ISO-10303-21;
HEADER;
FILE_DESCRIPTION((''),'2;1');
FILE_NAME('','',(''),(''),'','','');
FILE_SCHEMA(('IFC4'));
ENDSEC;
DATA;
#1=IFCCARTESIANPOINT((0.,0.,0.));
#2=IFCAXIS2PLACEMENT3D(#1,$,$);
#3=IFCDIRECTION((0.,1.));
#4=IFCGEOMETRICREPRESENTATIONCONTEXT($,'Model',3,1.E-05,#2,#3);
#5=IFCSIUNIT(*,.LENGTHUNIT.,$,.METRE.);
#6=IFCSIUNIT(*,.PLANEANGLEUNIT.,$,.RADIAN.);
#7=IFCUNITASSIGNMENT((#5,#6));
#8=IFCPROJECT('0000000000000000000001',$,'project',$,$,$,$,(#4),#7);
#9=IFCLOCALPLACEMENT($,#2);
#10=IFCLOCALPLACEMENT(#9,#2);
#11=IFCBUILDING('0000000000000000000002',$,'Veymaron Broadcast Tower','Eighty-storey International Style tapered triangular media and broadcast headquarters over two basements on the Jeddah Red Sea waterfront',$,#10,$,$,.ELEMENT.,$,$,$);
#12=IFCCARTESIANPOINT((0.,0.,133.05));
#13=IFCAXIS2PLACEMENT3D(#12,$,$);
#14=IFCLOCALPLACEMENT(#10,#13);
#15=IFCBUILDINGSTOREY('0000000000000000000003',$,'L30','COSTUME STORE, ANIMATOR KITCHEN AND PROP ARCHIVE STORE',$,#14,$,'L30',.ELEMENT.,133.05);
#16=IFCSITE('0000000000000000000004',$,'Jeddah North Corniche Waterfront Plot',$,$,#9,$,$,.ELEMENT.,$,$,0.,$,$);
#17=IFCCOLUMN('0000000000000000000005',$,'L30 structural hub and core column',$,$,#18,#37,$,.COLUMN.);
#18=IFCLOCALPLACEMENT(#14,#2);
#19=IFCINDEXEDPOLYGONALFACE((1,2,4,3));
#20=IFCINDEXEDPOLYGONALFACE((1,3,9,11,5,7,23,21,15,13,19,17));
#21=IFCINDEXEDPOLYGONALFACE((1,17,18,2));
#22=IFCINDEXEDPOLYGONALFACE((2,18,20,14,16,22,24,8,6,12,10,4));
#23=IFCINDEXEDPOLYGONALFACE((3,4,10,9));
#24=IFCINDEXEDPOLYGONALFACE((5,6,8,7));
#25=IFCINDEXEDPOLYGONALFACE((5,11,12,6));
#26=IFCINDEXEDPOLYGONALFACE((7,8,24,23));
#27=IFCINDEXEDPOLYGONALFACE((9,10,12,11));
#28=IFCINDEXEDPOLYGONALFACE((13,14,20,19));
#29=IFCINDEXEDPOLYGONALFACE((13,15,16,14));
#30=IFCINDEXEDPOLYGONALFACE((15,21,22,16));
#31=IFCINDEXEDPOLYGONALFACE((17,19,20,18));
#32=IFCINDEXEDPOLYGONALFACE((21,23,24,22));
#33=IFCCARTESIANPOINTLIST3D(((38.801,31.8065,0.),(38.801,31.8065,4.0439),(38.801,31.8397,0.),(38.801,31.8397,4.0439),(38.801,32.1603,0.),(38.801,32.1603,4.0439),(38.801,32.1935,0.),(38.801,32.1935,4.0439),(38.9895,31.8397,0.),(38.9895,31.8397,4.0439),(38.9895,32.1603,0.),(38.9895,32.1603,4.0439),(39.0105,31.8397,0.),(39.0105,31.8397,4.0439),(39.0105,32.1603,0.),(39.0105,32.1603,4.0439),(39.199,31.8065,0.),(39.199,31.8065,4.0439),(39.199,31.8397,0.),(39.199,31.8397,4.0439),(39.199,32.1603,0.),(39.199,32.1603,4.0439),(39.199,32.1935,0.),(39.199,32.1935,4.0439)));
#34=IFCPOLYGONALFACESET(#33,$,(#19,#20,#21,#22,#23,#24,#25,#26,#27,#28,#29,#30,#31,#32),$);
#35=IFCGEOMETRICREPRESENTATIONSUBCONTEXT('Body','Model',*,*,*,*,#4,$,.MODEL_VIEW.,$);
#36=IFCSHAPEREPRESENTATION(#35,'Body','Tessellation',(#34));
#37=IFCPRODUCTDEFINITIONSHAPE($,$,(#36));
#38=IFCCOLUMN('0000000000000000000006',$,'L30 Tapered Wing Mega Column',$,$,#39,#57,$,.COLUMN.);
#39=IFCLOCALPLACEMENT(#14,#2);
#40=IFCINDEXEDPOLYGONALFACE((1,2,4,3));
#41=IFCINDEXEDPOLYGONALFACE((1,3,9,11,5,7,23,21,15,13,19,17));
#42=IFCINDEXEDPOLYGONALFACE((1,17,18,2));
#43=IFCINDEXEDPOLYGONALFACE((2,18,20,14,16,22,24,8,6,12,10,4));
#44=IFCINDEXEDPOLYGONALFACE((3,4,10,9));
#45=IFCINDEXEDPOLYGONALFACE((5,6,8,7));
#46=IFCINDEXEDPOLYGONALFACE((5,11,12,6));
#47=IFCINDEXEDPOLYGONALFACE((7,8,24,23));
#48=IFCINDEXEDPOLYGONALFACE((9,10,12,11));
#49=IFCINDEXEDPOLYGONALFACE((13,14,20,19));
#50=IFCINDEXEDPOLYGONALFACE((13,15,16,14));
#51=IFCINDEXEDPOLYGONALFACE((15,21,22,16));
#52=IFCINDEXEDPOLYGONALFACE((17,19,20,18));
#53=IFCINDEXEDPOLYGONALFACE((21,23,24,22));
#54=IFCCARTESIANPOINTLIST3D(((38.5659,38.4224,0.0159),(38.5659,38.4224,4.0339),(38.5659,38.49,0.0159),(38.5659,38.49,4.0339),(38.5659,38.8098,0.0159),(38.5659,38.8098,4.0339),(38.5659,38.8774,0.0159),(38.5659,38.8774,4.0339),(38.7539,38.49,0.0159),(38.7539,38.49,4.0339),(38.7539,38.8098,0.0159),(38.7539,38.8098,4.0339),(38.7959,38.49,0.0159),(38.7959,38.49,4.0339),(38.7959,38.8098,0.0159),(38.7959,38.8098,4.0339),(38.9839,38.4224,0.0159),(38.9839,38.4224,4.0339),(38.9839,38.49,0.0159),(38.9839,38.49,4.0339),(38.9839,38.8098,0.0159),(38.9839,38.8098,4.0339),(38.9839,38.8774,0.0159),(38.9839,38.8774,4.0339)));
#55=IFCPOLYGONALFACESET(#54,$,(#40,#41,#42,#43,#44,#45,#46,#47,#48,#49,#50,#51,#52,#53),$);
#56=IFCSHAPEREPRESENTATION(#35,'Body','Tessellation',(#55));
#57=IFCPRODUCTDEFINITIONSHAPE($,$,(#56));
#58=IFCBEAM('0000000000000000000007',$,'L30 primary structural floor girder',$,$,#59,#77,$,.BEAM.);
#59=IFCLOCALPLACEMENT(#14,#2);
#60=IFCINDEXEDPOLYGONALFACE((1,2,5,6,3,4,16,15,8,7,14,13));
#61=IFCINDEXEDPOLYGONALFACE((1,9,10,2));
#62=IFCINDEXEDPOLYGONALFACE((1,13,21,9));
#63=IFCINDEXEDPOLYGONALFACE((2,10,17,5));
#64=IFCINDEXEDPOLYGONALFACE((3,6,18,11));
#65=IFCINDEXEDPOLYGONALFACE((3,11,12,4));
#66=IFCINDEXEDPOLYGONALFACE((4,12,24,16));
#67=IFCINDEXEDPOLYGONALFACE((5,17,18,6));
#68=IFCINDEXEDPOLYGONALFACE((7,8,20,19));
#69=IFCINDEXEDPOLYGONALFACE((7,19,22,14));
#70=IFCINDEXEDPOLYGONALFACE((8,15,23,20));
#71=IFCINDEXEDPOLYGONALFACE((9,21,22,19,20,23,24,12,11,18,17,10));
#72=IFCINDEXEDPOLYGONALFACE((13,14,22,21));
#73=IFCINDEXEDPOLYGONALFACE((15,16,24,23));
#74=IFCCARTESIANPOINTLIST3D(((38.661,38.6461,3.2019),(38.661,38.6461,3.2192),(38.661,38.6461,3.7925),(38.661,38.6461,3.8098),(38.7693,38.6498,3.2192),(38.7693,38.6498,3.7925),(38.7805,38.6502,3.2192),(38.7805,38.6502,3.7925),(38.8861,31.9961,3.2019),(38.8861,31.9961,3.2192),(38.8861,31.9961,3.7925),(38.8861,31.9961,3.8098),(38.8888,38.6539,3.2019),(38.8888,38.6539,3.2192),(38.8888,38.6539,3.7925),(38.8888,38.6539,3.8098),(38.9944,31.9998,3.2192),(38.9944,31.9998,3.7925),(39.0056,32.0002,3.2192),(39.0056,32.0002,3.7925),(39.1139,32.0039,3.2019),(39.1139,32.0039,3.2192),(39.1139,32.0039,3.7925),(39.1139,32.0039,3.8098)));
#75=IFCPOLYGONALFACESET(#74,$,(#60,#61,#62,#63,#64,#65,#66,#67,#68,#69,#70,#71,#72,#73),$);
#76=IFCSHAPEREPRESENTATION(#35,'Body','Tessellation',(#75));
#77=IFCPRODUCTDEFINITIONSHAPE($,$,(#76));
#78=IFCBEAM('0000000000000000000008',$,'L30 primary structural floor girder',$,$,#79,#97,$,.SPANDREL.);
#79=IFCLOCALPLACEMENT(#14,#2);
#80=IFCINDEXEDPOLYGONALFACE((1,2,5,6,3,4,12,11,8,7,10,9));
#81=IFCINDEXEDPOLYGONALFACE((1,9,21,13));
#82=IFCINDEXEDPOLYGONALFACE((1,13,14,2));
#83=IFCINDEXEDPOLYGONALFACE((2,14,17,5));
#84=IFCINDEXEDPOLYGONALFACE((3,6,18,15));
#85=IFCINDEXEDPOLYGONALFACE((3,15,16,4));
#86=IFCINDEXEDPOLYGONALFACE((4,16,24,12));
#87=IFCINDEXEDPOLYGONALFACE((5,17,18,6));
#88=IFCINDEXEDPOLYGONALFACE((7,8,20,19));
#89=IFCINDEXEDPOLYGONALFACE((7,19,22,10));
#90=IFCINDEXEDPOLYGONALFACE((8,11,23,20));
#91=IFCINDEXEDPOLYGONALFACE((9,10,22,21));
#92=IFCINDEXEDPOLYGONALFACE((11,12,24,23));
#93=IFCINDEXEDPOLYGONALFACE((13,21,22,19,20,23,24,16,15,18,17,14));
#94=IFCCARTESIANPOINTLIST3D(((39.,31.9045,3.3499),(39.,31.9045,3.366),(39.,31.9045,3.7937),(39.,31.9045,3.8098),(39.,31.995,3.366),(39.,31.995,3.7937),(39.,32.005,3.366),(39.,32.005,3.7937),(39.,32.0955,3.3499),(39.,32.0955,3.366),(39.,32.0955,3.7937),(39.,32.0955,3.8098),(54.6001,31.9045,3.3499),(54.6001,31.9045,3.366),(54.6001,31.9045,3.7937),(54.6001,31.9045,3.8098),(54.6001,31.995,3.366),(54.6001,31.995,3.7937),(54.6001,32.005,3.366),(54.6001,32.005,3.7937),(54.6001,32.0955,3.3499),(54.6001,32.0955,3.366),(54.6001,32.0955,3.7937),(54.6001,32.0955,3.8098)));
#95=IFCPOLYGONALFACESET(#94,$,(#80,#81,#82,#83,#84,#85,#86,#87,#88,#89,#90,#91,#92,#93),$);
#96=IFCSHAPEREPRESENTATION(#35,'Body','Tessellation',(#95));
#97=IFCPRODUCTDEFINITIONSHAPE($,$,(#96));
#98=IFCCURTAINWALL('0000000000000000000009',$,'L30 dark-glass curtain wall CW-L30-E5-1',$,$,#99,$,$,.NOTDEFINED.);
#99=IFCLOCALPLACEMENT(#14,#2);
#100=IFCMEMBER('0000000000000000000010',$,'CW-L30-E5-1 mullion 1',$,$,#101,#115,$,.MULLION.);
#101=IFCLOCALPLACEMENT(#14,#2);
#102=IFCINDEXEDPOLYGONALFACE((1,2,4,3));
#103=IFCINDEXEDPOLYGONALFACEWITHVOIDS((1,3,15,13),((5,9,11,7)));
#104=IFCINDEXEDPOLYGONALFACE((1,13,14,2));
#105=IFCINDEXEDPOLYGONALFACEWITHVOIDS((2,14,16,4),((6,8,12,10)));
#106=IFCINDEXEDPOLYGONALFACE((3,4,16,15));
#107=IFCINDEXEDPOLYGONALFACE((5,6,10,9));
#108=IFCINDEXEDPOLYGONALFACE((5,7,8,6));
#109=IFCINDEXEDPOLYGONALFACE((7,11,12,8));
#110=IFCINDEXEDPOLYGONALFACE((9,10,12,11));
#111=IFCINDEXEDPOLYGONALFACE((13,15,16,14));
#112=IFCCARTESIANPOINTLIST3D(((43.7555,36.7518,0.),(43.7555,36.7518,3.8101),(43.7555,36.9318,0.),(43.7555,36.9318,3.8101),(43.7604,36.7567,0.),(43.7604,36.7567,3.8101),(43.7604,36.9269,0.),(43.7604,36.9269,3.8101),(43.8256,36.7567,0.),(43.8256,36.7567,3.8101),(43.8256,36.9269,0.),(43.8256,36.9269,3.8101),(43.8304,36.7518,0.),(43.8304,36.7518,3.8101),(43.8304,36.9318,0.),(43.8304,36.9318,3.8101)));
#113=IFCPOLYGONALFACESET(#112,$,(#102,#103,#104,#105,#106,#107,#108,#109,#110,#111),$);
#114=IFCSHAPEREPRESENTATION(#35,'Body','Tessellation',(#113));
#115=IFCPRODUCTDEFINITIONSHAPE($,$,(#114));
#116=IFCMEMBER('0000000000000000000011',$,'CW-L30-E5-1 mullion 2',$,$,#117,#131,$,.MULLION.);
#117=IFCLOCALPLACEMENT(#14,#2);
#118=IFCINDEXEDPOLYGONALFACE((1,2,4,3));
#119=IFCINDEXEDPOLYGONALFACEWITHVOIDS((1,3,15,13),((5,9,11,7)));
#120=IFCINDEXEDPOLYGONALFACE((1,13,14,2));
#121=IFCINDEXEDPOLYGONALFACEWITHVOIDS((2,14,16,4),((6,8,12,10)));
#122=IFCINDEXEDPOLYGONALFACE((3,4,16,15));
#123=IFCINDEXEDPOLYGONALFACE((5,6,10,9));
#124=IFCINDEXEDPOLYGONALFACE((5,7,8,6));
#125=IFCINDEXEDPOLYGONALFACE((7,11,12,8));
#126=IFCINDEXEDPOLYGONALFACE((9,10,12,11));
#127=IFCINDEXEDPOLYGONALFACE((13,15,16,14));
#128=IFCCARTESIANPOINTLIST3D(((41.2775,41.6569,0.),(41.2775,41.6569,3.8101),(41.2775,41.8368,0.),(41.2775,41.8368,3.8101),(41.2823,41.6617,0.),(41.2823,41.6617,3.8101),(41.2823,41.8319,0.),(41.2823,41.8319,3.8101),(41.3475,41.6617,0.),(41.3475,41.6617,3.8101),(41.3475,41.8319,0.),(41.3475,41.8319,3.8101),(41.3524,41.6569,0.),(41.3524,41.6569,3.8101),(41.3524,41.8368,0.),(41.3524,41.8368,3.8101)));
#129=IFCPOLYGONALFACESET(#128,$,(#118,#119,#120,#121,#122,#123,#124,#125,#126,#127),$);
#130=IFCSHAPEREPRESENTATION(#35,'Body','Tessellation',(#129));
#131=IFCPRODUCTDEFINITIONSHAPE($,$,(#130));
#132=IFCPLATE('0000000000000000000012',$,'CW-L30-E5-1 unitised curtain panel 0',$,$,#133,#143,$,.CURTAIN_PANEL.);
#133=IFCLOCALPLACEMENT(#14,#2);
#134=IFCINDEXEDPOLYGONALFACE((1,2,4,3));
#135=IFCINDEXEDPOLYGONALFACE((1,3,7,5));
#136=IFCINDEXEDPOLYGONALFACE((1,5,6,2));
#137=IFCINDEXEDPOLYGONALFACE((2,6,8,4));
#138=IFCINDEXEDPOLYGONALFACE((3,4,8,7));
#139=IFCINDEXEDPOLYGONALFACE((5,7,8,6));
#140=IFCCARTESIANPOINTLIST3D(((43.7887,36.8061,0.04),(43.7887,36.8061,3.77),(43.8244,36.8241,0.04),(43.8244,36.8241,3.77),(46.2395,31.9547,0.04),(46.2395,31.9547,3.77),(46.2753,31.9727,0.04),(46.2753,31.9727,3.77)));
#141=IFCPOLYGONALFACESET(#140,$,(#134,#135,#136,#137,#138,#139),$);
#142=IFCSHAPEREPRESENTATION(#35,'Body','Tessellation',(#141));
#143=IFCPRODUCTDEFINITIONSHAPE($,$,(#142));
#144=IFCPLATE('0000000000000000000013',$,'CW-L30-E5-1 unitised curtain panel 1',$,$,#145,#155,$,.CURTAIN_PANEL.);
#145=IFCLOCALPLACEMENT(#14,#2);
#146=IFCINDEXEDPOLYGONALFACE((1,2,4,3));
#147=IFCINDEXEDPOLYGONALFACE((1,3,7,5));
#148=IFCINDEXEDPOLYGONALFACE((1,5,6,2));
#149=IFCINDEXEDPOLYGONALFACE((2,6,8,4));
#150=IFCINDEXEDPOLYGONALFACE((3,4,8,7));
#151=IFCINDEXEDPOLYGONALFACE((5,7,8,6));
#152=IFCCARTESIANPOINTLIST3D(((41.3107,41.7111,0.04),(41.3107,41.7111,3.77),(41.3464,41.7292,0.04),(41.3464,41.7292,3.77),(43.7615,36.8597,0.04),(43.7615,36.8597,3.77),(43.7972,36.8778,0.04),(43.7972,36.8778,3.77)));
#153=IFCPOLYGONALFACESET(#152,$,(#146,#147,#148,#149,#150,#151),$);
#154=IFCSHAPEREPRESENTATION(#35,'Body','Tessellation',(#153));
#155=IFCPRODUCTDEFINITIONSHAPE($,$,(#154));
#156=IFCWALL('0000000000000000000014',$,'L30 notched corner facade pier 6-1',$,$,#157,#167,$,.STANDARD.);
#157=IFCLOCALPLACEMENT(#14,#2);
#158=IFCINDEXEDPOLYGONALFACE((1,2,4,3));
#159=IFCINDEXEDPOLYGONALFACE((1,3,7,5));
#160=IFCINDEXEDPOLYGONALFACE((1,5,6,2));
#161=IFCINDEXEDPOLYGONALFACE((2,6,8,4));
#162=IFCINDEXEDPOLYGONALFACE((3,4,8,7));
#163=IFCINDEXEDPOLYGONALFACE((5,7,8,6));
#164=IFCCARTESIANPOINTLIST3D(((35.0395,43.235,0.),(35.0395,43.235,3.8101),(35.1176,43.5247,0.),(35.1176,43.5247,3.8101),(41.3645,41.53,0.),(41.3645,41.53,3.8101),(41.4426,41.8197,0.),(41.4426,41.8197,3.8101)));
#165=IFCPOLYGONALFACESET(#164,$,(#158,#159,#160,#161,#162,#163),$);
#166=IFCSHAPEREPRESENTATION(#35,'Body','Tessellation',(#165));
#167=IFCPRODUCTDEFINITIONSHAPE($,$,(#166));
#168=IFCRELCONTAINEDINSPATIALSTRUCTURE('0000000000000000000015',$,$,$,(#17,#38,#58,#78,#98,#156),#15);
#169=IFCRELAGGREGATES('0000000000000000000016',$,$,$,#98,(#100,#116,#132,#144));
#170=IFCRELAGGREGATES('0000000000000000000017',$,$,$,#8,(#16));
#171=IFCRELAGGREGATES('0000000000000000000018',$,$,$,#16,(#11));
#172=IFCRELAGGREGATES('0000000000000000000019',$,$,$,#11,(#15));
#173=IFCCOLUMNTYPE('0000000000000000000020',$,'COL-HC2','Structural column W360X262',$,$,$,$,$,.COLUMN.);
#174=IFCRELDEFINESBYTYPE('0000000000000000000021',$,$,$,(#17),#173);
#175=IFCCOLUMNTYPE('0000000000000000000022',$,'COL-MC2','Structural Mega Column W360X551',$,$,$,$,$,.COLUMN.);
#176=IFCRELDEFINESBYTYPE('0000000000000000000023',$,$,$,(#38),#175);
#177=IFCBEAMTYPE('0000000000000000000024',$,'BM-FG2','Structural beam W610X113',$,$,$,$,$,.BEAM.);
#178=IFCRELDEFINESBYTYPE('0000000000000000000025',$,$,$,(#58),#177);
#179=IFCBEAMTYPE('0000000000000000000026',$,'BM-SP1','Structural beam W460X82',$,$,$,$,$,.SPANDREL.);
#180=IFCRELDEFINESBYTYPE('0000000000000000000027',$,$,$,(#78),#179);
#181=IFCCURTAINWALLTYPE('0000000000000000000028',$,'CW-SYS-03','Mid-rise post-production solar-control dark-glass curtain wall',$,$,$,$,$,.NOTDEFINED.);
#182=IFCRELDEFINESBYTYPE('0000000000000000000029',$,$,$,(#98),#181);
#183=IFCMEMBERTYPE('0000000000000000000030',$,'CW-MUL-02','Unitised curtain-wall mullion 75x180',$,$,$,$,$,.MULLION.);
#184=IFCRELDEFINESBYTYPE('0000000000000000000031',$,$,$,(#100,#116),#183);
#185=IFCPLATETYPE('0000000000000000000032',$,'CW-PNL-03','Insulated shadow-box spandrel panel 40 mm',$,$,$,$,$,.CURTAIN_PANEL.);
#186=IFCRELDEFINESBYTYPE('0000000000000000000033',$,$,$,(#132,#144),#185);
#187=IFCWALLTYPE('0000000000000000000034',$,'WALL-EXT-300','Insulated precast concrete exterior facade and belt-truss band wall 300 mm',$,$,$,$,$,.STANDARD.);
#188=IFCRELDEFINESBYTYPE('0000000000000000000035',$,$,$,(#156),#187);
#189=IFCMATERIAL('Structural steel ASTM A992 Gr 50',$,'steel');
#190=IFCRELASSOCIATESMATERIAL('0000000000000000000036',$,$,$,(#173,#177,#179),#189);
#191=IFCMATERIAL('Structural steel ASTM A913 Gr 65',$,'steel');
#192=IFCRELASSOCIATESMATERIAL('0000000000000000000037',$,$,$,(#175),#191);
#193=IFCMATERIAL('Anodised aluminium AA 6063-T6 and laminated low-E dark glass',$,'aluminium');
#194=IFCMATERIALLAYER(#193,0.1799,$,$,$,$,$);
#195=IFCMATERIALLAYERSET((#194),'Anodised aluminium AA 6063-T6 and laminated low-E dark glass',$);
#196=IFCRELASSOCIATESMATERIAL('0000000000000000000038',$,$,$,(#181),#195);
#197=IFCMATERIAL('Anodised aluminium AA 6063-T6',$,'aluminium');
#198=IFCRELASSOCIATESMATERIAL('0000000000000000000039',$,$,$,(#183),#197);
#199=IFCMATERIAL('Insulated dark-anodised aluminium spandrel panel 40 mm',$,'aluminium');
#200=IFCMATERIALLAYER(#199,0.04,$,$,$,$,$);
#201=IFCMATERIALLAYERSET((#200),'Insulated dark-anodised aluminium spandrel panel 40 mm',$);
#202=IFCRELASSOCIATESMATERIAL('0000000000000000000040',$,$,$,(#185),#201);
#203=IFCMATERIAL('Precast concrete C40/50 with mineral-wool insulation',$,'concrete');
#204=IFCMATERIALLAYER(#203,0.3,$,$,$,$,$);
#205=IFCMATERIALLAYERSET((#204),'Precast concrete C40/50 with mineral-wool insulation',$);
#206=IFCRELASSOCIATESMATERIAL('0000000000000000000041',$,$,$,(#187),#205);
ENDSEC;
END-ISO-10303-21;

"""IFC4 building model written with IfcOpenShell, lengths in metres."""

from ifc_helpers import new_model, si_unit, direction, frame, frame_2d, origin, origin_2d, place, context, subcontext, project, spatial, rectangle, hollow_rectangle, i_section, extrude, material, layer, layer_set, material_profile, profile_set, type_object, element, aggregate, save


model = new_model("IFC4")

# Units and contexts
model_context = context("Model", 3, precision=1e-05, world=origin(), true_north=direction((0.0, 1.0)))
body_context = subcontext(model_context, "Body", "Model", "MODEL_VIEW")
ifc_project = project(units=[si_unit("LENGTHUNIT", "METRE"), si_unit("PLANEANGLEUNIT", "RADIAN")], contexts=[model_context])

# Site, building, storey
site_placement = place(None, origin())
site = spatial("IfcSite", under=ifc_project, at=site_placement, Name="Jeddah North Corniche Waterfront Plot", CompositionType="ELEMENT", RefElevation=0.0)
building_placement = place(site_placement, origin())
building = spatial("IfcBuilding", under=site, at=building_placement, Name="Veymaron Broadcast Tower", Description="Eighty-storey International Style tapered triangular media and broadcast headquarters over two basements on the Jeddah Red Sea waterfront", CompositionType="ELEMENT")
storey_placement = place(building_placement, frame((0.0, 0.0, 133.05)))
storey = spatial("IfcBuildingStorey", under=building, at=storey_placement, Name="L30", Description="COSTUME STORE, ANIMATOR KITCHEN AND PROP ARCHIVE STORE", LongName="L30", CompositionType="ELEMENT", Elevation=133.05)

# Columns
ifc_material_1 = material(Name="Structural steel ASTM A992 Gr 50", Category="steel")
ifc_material_profile_1 = material_profile(ifc_material_1, i_section(OverallWidth=0.3979, OverallDepth=0.387, WebThickness=0.021, FlangeThickness=0.0332, at=origin_2d()), Name="W360X262")
ifc_profile_set_1 = profile_set([ifc_material_profile_1], Name="Structural steel ASTM A992 Gr 50")
column_type_1 = type_object("IfcColumnType", Name="COL-HC2", Description="Structural column W360X262", PredefinedType="COLUMN", material=ifc_profile_set_1)
column_1_placement = place(storey_placement, frame((39.0, 32.0, 0.0), z_axis=(0.0, 0.0, 1.0), x_axis=(1.0, 0.0, 0.0)))
element("IfcColumn", 1, at=column_1_placement, inside=storey, type_object=column_type_1, Name="L30 structural hub and core column", PredefinedType="COLUMN", context=body_context, shape_type="SweptSolid", body=[
    extrude(i_section(OverallWidth=0.3979, OverallDepth=0.387, WebThickness=0.021, FlangeThickness=0.0332, at=origin_2d()), origin(), (0.0, 0.0, 1.0), 4.0439),
])
ifc_material_2 = material(Name="Structural steel ASTM A913 Gr 65", Category="steel")
ifc_material_profile_2 = material_profile(ifc_material_2, i_section(OverallWidth=0.418, OverallDepth=0.4551, WebThickness=0.042, FlangeThickness=0.0676, at=origin_2d()), Name="W360X551")
ifc_profile_set_2 = profile_set([ifc_material_profile_2], Name="Structural steel ASTM A913 Gr 65")
column_type_2 = type_object("IfcColumnType", Name="COL-MC2", Description="Structural Mega Column W360X551", PredefinedType="COLUMN", material=ifc_profile_set_2)
column_2_placement = place(storey_placement, frame((38.7749, 38.6499, 0.0159), z_axis=(0.0, 0.0, 1.0), x_axis=(1.0, 0.0, 0.0)))
element("IfcColumn", 2, at=column_2_placement, inside=storey, type_object=column_type_2, Name="L30 Tapered Wing Mega Column", PredefinedType="COLUMN", context=body_context, shape_type="SweptSolid", body=[
    extrude(i_section(OverallWidth=0.418, OverallDepth=0.4551, WebThickness=0.042, FlangeThickness=0.0676, at=origin_2d()), origin(), (0.0, 0.0, 1.0), 4.0181),
])

# Beams
ifc_material_profile_3 = material_profile(ifc_material_1, i_section(OverallWidth=0.228, OverallDepth=0.6079, WebThickness=0.0112, FlangeThickness=0.0173, at=origin_2d()), Name="W610X113")
ifc_profile_set_3 = profile_set([ifc_material_profile_3], Name="Structural steel ASTM A992 Gr 50")
beam_type_1 = type_object("IfcBeamType", Name="BM-FG2", Description="Structural beam W610X113", PredefinedType="BEAM", material=ifc_profile_set_3)
beam_1_placement = place(storey_placement, frame((39.0, 32.0, 3.5059), z_axis=(-0.03383, 0.999428, 0.0), x_axis=(-0.999428, -0.03383, 0.0)))
element("IfcBeam", 3, at=beam_1_placement, inside=storey, type_object=beam_type_1, Name="L30 primary structural floor girder", PredefinedType="BEAM", context=body_context, shape_type="SweptSolid", body=[
    extrude(i_section(OverallWidth=0.228, OverallDepth=0.6079, WebThickness=0.0112, FlangeThickness=0.0173, at=origin_2d()), origin(), (0.0, 0.0, 1.0), 6.6538),
])
ifc_material_profile_4 = material_profile(ifc_material_1, i_section(OverallWidth=0.1909, OverallDepth=0.46, WebThickness=0.01, FlangeThickness=0.0161, at=origin_2d()), Name="W460X82")
ifc_profile_set_4 = profile_set([ifc_material_profile_4], Name="Structural steel ASTM A992 Gr 50")
beam_type_2 = type_object("IfcBeamType", Name="BM-SP1", Description="Structural beam W460X82", PredefinedType="SPANDREL", material=ifc_profile_set_4)
beam_2_placement = place(storey_placement, frame((39.0, 32.0, 3.5798), z_axis=(1.0, 0.0, 0.0), x_axis=(0.0, 1.0, 0.0)))
element("IfcBeam", 4, at=beam_2_placement, inside=storey, type_object=beam_type_2, Name="L30 primary structural floor girder", PredefinedType="SPANDREL", context=body_context, shape_type="SweptSolid", body=[
    extrude(i_section(OverallWidth=0.1909, OverallDepth=0.46, WebThickness=0.01, FlangeThickness=0.0161, at=origin_2d()), origin(), (0.0, 0.0, 1.0), 15.6001),
])

# Curtain wall, members, plates
ifc_material_3 = material(Name="Anodised aluminium AA 6063-T6 and laminated low-E dark glass", Category="aluminium")
ifc_layer_1 = layer(ifc_material_3, 0.1799)
ifc_layer_set_1 = layer_set([ifc_layer_1], Name="Anodised aluminium AA 6063-T6 and laminated low-E dark glass")
curtain_wall_type = type_object("IfcCurtainWallType", Name="CW-SYS-03", Description="Mid-rise post-production solar-control dark-glass curtain wall", PredefinedType="NOTDEFINED", material=ifc_layer_set_1)
curtain_wall_placement = place(storey_placement, origin())
curtain_wall = element("IfcCurtainWall", 5, at=curtain_wall_placement, inside=storey, type_object=curtain_wall_type, Name="L30 dark-glass curtain wall CW-L30-E5-1", PredefinedType="NOTDEFINED")
ifc_material_4 = material(Name="Anodised aluminium AA 6063-T6", Category="aluminium")
ifc_material_profile_5 = material_profile(ifc_material_4, hollow_rectangle(XDim=0.075, YDim=0.1799, WallThickness=0.0049, at=origin_2d()), Name="AL180X75X5")
ifc_profile_set_5 = profile_set([ifc_material_profile_5], Name="Anodised aluminium AA 6063-T6")
member_type = type_object("IfcMemberType", Name="CW-MUL-02", Description="Unitised curtain-wall mullion 75x180", PredefinedType="MULLION", material=ifc_profile_set_5)
member_1_placement = place(storey_placement, frame((43.793, 36.8418, 0.0), z_axis=(0.0, 0.0, 1.0), x_axis=(1.0, 0.0, 0.0)))
member_1 = element("IfcMember", 6, at=member_1_placement, type_object=member_type, Name="CW-L30-E5-1 mullion 1", PredefinedType="MULLION", context=body_context, shape_type="SweptSolid", body=[
    extrude(hollow_rectangle(XDim=0.075, YDim=0.1799, WallThickness=0.0049, at=origin_2d()), origin(), (0.0, 0.0, 1.0), 3.8101),
])
member_2_placement = place(storey_placement, frame((41.3149, 41.7468, 0.0), z_axis=(0.0, 0.0, 1.0), x_axis=(1.0, 0.0, 0.0)))
member_2 = element("IfcMember", 7, at=member_2_placement, type_object=member_type, Name="CW-L30-E5-1 mullion 2", PredefinedType="MULLION", context=body_context, shape_type="SweptSolid", body=[
    extrude(hollow_rectangle(XDim=0.075, YDim=0.1799, WallThickness=0.0049, at=origin_2d()), origin(), (0.0, 0.0, 1.0), 3.8101),
])
ifc_material_5 = material(Name="Insulated dark-anodised aluminium spandrel panel 40 mm", Category="aluminium")
ifc_layer_2 = layer(ifc_material_5, 0.04)
ifc_layer_set_2 = layer_set([ifc_layer_2], Name="Insulated dark-anodised aluminium spandrel panel 40 mm")
plate_type = type_object("IfcPlateType", Name="CW-PNL-03", Description="Insulated shadow-box spandrel panel 40 mm", PredefinedType="CURTAIN_PANEL", material=ifc_layer_set_2)
plate_1_placement = place(storey_placement, frame((45.032, 34.3894, 0.04), z_axis=(0.0, 0.0, 1.0), x_axis=(-0.450909, 0.89257, 0.0)))
plate_1 = element("IfcPlate", 8, at=plate_1_placement, type_object=plate_type, Name="CW-L30-E5-1 unitised curtain panel 0", PredefinedType="CURTAIN_PANEL", context=body_context, shape_type="SweptSolid", body=[
    extrude(rectangle(XDim=5.4353, YDim=0.04, at=origin_2d()), origin(), (0.0, 0.0, 1.0), 3.73),
])
plate_2_placement = place(storey_placement, frame((42.554, 39.2944, 0.04), z_axis=(0.0, 0.0, 1.0), x_axis=(-0.450909, 0.89257, 0.0)))
plate_2 = element("IfcPlate", 9, at=plate_2_placement, type_object=plate_type, Name="CW-L30-E5-1 unitised curtain panel 1", PredefinedType="CURTAIN_PANEL", context=body_context, shape_type="SweptSolid", body=[
    extrude(rectangle(XDim=5.4353, YDim=0.04, at=origin_2d()), origin(), (0.0, 0.0, 1.0), 3.73),
])
aggregate(curtain_wall, [member_1, member_2, plate_1, plate_2])

# Wall
ifc_material_6 = material(Name="Precast concrete C40/50 with mineral-wool insulation", Category="concrete")
ifc_layer_3 = layer(ifc_material_6, 0.3)
ifc_layer_set_3 = layer_set([ifc_layer_3], Name="Precast concrete C40/50 with mineral-wool insulation")
wall_type_1 = type_object("IfcWallType", Name="WALL-EXT-300", Description="Insulated precast concrete exterior facade and belt-truss band wall 300 mm", PredefinedType="STANDARD", material=ifc_layer_set_3)
wall_1_placement = place(storey_placement, frame((41.4036, 41.6748, 0.0), z_axis=(0.0, 0.0, 1.0), x_axis=(-0.965531, 0.260288, 0.0)))
element("IfcWall", 10, at=wall_1_placement, inside=storey, type_object=wall_type_1, Name="L30 notched corner facade pier 6-1", PredefinedType="STANDARD", context=body_context, shape_type="SweptSolid", body=[
    extrude(rectangle(XDim=6.5508, YDim=0.3, at=frame_2d((3.2754, 0.0))), origin(), (0.0, 0.0, 1.0), 3.8101),
])

save(model, "model.ifc")
